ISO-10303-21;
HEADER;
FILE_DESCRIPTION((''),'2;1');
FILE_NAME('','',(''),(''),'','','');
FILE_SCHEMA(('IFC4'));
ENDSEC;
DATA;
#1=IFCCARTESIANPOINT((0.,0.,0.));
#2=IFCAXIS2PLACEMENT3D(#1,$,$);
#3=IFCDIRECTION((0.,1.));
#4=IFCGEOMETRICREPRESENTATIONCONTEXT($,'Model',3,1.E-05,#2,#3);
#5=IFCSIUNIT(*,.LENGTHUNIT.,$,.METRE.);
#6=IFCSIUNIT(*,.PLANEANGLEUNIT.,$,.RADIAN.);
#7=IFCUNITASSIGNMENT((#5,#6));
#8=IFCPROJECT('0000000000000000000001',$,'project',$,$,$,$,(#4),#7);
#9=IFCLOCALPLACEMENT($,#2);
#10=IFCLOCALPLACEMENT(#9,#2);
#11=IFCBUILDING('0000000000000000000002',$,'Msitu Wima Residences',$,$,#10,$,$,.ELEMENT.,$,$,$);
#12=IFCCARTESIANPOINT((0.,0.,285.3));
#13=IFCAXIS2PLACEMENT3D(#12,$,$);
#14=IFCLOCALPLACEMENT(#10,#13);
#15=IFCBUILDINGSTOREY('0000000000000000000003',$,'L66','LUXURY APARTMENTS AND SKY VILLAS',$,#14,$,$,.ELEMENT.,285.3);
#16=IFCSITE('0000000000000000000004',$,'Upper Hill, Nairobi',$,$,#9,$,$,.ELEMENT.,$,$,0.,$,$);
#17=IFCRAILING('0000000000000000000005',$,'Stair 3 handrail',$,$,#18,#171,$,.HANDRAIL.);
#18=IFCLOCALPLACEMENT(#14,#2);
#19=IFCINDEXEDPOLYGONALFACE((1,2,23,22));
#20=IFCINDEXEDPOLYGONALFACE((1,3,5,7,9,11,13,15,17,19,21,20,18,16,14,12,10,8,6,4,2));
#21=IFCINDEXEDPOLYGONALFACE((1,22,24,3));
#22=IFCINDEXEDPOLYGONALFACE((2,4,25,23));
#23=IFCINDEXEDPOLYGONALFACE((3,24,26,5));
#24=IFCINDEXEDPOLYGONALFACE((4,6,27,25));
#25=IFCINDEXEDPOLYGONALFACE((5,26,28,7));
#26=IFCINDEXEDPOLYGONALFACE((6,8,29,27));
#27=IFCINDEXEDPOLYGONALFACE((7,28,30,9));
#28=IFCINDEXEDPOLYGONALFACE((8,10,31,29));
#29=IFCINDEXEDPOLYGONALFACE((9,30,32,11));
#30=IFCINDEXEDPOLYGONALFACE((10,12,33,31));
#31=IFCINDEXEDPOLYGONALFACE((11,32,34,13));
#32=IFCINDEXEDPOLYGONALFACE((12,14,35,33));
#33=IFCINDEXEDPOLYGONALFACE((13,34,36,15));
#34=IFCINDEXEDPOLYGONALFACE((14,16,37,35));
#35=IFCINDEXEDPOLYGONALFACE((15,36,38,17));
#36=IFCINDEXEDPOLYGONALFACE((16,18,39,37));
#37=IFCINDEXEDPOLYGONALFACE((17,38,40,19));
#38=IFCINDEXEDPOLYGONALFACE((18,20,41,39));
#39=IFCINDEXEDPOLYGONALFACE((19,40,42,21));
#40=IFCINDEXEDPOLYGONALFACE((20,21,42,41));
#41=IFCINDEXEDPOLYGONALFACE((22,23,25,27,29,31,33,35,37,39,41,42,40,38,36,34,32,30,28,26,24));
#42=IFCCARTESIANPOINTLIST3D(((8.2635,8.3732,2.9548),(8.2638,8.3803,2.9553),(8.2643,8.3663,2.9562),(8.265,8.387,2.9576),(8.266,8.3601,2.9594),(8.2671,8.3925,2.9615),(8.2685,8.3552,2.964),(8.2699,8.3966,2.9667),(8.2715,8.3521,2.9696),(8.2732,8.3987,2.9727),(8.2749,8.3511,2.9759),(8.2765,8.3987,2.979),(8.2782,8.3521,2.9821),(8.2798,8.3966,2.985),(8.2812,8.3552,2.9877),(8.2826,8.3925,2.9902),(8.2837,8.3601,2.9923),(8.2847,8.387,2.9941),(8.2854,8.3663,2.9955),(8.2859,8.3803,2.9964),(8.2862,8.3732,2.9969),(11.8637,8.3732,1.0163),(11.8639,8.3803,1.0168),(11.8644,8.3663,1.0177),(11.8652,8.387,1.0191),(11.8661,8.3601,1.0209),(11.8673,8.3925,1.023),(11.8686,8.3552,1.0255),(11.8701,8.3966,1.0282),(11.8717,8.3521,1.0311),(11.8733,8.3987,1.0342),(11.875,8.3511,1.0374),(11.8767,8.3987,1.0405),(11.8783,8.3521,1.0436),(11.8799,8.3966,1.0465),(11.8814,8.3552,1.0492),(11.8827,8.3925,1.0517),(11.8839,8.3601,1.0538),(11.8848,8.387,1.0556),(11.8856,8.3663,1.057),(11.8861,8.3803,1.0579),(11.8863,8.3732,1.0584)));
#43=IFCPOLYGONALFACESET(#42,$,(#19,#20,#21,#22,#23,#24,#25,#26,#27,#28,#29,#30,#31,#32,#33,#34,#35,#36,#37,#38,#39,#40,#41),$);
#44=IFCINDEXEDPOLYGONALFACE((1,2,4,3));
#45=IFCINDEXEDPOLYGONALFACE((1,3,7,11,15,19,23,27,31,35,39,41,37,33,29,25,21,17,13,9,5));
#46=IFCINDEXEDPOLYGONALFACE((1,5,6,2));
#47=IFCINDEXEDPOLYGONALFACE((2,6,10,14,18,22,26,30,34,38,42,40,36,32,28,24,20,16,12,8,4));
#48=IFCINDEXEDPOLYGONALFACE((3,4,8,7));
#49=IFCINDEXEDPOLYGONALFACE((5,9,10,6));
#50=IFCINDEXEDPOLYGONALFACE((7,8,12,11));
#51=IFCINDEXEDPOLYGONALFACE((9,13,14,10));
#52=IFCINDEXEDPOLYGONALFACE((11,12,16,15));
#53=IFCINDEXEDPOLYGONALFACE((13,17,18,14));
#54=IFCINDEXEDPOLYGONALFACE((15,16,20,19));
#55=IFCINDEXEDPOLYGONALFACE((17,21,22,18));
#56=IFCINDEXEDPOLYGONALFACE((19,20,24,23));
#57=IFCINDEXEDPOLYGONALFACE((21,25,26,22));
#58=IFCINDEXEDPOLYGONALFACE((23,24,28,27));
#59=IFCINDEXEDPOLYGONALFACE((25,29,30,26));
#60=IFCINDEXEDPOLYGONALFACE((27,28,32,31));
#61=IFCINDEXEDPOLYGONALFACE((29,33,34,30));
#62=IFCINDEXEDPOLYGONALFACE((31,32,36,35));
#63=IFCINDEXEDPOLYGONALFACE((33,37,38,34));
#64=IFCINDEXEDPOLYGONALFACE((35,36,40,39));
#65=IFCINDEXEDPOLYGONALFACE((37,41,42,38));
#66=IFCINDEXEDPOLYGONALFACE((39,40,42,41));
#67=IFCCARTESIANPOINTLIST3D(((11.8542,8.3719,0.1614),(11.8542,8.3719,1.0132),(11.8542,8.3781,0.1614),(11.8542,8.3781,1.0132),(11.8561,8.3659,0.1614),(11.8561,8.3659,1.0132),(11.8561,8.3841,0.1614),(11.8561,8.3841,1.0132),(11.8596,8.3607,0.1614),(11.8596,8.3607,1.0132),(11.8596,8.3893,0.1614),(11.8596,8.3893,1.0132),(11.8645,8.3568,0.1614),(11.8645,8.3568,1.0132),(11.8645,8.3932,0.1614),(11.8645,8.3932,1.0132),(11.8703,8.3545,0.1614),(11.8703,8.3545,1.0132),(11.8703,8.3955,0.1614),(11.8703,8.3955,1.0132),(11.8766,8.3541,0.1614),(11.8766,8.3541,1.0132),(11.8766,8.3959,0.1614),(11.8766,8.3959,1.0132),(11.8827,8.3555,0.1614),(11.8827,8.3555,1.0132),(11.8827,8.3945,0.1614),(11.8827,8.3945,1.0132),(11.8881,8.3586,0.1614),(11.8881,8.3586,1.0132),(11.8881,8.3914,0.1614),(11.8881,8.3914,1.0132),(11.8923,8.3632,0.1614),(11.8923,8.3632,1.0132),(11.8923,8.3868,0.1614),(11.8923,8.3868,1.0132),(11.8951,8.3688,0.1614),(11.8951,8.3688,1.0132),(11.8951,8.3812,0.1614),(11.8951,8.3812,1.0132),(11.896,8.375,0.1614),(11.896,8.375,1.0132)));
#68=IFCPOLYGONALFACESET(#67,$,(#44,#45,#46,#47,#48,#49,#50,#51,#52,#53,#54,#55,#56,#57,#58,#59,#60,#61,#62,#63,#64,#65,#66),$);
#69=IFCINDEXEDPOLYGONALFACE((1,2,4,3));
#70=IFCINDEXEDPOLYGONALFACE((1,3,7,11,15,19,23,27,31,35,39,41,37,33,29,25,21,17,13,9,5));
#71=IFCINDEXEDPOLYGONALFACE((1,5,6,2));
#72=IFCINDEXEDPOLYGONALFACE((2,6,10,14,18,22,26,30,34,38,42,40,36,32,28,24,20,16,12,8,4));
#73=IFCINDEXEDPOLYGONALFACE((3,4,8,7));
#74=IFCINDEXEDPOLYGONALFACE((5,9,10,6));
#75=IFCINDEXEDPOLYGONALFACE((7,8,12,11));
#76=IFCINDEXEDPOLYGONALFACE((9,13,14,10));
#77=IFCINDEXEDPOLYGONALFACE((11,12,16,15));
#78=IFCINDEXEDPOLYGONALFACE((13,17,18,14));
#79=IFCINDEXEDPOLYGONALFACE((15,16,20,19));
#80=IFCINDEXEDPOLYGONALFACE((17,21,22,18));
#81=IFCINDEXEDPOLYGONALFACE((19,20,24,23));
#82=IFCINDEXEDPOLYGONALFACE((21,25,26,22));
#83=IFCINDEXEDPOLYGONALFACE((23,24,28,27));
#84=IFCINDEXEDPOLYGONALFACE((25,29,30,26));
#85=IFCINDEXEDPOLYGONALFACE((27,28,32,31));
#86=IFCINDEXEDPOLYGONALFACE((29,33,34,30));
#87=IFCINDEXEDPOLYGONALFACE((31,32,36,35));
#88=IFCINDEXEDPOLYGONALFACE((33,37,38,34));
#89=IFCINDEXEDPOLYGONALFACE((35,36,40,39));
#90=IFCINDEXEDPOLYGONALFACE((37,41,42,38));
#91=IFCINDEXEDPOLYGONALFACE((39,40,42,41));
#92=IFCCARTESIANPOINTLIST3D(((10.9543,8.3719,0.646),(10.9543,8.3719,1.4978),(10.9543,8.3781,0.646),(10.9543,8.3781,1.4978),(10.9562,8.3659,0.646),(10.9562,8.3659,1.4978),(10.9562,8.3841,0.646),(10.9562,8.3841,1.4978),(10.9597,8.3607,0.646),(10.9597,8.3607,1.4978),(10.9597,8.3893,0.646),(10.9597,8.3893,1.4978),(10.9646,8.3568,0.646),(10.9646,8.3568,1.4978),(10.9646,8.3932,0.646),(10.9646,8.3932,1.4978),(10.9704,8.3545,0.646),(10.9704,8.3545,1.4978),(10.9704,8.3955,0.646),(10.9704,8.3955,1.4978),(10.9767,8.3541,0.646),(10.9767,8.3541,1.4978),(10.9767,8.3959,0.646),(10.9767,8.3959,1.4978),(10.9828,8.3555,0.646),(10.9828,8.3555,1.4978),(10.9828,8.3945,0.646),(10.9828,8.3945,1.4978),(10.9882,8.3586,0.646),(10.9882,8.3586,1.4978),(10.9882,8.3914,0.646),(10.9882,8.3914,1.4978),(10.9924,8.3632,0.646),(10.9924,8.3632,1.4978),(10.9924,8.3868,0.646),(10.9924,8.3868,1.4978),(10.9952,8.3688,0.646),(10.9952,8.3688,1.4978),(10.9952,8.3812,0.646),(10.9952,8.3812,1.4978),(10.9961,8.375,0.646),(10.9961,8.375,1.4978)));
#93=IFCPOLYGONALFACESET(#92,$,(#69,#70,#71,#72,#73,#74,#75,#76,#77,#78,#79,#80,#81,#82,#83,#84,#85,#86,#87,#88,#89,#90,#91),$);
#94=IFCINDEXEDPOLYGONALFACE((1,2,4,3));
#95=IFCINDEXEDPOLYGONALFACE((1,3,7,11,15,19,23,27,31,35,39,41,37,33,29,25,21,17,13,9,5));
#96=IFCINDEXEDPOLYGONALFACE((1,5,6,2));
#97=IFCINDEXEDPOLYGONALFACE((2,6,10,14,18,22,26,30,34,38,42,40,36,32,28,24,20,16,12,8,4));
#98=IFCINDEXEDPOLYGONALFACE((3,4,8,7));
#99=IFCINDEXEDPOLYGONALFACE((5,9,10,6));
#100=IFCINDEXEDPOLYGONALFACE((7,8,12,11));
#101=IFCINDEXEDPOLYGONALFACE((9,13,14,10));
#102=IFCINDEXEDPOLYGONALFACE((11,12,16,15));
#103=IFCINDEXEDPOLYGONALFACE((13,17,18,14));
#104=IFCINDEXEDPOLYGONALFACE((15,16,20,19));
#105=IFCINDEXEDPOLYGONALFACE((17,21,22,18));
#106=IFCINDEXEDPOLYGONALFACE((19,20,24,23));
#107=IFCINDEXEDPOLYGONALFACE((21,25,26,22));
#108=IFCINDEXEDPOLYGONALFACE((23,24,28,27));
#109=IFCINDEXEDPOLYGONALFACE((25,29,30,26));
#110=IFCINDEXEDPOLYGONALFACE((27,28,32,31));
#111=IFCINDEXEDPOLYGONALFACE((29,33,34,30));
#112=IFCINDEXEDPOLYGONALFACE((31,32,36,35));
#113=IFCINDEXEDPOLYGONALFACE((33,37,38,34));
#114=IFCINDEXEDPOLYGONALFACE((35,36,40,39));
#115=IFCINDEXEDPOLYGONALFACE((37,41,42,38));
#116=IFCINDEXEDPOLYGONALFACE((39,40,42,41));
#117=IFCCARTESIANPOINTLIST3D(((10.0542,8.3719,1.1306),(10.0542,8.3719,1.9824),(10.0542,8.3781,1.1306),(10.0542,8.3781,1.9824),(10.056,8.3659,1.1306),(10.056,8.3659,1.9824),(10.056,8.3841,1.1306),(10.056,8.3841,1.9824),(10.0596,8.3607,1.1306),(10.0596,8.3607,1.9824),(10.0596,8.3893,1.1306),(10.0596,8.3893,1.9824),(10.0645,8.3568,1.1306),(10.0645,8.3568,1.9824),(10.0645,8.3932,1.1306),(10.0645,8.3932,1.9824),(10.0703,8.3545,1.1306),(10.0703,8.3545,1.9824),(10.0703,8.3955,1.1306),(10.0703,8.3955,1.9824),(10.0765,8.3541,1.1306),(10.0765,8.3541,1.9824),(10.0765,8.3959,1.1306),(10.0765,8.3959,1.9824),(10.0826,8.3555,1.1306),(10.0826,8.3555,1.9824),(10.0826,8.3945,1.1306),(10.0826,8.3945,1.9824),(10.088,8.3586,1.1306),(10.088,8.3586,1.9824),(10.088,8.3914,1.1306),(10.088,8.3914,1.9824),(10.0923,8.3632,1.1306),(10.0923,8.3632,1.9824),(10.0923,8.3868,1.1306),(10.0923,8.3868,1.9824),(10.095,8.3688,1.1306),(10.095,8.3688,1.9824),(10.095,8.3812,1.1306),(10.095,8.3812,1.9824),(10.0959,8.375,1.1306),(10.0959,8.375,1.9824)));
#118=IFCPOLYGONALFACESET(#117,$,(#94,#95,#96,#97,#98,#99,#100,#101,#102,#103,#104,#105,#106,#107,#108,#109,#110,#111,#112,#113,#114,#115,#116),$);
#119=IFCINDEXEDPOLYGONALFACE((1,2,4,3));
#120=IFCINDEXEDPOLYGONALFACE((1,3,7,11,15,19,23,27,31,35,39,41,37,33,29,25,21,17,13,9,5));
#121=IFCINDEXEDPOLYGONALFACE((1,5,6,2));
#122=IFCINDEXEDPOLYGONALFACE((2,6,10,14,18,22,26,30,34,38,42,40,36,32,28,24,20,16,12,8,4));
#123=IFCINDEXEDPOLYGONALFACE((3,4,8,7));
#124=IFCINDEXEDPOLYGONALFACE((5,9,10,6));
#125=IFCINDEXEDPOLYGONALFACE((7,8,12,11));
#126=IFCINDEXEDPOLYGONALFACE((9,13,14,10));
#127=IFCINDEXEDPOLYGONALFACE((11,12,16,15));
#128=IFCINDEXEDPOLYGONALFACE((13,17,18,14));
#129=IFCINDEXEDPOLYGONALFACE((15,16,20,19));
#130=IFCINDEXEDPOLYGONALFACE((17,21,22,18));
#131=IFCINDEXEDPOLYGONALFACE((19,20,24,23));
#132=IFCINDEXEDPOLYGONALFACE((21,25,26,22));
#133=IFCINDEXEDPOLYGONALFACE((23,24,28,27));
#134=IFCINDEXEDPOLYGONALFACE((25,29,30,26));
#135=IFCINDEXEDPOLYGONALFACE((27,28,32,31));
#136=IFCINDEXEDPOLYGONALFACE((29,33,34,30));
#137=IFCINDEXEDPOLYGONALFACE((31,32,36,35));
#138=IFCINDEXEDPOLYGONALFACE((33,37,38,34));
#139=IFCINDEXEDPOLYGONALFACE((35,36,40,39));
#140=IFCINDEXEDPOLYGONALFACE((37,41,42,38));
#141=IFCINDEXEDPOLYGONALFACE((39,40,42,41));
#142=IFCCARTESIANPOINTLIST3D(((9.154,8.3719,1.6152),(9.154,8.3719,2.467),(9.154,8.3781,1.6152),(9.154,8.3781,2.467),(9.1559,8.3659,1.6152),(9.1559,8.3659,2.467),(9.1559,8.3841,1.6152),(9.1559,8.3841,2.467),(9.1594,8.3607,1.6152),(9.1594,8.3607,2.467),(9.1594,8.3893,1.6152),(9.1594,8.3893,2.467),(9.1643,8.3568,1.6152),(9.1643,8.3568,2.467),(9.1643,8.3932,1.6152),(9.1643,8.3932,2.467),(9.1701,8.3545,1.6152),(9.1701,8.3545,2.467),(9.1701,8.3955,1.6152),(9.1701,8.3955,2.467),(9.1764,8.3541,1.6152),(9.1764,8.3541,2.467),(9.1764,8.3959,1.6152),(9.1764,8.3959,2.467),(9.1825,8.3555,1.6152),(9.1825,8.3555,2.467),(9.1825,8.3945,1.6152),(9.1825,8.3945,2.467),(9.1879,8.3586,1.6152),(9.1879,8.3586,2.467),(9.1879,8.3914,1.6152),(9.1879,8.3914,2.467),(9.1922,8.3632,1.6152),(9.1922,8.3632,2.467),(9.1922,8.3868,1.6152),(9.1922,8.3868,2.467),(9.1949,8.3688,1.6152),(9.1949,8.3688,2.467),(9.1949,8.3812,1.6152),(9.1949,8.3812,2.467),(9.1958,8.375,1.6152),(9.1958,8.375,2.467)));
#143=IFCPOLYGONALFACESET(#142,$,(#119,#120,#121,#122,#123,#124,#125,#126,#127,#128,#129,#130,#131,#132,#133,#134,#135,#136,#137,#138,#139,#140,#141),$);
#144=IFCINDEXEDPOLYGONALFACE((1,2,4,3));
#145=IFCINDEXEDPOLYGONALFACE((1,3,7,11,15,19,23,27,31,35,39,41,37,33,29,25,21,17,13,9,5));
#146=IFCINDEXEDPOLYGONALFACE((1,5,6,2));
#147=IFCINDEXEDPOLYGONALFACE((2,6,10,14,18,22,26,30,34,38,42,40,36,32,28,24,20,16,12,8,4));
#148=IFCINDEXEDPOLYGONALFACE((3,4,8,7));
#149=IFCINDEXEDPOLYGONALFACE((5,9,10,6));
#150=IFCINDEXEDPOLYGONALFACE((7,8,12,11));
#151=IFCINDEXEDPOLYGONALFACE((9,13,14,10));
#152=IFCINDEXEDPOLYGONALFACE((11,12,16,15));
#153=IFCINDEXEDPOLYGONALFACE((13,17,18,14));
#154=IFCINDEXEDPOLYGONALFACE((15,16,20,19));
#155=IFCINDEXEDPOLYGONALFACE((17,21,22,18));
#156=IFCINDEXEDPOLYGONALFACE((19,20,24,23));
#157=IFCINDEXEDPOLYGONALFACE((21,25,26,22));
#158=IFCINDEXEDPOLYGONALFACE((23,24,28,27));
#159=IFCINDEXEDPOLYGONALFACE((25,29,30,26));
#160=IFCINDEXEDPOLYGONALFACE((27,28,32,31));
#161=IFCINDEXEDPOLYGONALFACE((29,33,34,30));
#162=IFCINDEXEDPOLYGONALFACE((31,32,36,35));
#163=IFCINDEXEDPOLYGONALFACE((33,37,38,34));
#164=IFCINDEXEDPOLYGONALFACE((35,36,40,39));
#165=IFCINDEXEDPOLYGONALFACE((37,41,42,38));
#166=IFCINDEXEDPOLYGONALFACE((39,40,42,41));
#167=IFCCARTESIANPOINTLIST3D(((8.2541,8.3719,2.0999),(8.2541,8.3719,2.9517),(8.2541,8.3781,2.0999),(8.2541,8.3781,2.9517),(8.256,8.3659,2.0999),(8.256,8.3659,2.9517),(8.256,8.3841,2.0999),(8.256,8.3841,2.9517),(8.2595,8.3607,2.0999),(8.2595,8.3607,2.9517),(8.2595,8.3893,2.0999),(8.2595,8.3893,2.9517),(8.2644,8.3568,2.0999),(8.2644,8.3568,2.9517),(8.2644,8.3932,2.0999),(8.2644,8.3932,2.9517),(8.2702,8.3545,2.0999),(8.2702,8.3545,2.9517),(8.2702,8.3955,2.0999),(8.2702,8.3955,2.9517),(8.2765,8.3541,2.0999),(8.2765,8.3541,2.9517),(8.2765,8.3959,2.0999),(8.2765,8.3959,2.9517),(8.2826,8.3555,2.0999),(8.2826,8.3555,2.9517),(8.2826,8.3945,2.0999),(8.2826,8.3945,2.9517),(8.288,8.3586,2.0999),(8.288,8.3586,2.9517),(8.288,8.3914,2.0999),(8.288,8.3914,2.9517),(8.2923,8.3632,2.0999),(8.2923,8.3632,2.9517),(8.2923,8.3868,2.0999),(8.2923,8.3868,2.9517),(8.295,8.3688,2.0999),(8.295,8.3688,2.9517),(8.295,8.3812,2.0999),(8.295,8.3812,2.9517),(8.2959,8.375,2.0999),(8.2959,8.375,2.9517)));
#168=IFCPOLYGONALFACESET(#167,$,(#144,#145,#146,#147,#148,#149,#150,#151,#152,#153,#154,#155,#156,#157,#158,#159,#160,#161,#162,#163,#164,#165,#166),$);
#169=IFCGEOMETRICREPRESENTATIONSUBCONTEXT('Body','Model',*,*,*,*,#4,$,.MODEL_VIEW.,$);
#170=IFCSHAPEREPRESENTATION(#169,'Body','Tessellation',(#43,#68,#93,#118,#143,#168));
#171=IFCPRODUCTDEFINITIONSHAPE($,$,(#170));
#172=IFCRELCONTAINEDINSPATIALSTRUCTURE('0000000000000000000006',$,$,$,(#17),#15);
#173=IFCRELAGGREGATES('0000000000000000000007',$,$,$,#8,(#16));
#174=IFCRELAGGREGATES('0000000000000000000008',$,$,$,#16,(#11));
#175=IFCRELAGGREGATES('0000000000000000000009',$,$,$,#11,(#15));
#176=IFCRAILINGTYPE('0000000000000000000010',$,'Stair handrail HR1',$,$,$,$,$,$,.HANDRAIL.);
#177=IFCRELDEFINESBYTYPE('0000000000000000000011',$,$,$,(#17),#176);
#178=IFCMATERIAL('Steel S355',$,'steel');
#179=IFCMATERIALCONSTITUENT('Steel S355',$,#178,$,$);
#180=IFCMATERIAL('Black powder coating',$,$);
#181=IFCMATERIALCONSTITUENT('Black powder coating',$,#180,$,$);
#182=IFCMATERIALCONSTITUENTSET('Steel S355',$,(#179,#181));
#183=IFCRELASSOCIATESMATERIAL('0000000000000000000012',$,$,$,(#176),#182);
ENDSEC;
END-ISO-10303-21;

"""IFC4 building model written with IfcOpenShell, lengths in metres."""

from ifc_helpers import new_model, si_unit, direction, frame, origin, origin_2d, place, context, subcontext, project, spatial, circle, extrude, material, constituent, constituent_set, type_object, element, save


model = new_model("IFC4")

# Units and contexts
model_context = context("Model", 3, precision=1e-05, world=origin(), true_north=direction((0.0, 1.0)))
body_context = subcontext(model_context, "Body", "Model", "MODEL_VIEW")
ifc_project = project(units=[si_unit("LENGTHUNIT", "METRE"), si_unit("PLANEANGLEUNIT", "RADIAN")], contexts=[model_context])

# Site, building, storey
site_placement = place(None, origin())
site = spatial("IfcSite", under=ifc_project, at=site_placement, Name="Upper Hill, Nairobi", CompositionType="ELEMENT", RefElevation=0.0)
building_placement = place(site_placement, origin())
building = spatial("IfcBuilding", under=site, at=building_placement, Name="Msitu Wima Residences", CompositionType="ELEMENT")
storey_placement = place(building_placement, frame((0.0, 0.0, 285.3)))
storey = spatial("IfcBuildingStorey", under=building, at=storey_placement, Name="L66", Description="LUXURY APARTMENTS AND SKY VILLAS", CompositionType="ELEMENT", Elevation=285.3)

# Railing
ifc_material_1 = material(Name="Steel S355", Category="steel")
ifc_constituent_1 = constituent(ifc_material_1, Name="Steel S355")
ifc_material_2 = material(Name="Black powder coating")
ifc_constituent_2 = constituent(ifc_material_2, Name="Black powder coating")
ifc_constituent_set_1 = constituent_set(constituents=[ifc_constituent_1, ifc_constituent_2], Name="Steel S355")
railing_type_1 = type_object("IfcRailingType", Name="Stair handrail HR1", PredefinedType="HANDRAIL", material=ifc_constituent_set_1)
for number, where, name in (
    (1, (11.875, 8.375, 0.1614), "Stair 3 handrail"),
):
    element("IfcRailing", number, at=place(storey_placement, frame(where)), inside=storey, type_object=railing_type_1, Name=name, PredefinedType="HANDRAIL", context=body_context, shape_type="SweptSolid", body=[
        extrude(circle(Radius=0.0239, at=origin_2d()), frame((0.0, 0.0, 0.876), z_axis=(-0.880475, 0.0, 0.474093), x_axis=(0.0, -1.0, 0.0)), (0.0, 0.0, 1.0), 4.0889),
        extrude(circle(Radius=0.021, at=origin_2d()), origin(), (0.0, 0.0, 1.0), 0.8518),
        extrude(circle(Radius=0.021, at=origin_2d()), frame((-0.8999, 0.0, 0.4846)), (0.0, 0.0, 1.0), 0.8518),
        extrude(circle(Radius=0.021, at=origin_2d()), frame((-1.8, 0.0, 0.9692)), (0.0, 0.0, 1.0), 0.8518),
        extrude(circle(Radius=0.021, at=origin_2d()), frame((-2.7002, 0.0, 1.4539)), (0.0, 0.0, 1.0), 0.8518),
        extrude(circle(Radius=0.021, at=origin_2d()), frame((-3.6001, 0.0, 1.9385)), (0.0, 0.0, 1.0), 0.8518),
    ])

save(model, "model.ifc")
